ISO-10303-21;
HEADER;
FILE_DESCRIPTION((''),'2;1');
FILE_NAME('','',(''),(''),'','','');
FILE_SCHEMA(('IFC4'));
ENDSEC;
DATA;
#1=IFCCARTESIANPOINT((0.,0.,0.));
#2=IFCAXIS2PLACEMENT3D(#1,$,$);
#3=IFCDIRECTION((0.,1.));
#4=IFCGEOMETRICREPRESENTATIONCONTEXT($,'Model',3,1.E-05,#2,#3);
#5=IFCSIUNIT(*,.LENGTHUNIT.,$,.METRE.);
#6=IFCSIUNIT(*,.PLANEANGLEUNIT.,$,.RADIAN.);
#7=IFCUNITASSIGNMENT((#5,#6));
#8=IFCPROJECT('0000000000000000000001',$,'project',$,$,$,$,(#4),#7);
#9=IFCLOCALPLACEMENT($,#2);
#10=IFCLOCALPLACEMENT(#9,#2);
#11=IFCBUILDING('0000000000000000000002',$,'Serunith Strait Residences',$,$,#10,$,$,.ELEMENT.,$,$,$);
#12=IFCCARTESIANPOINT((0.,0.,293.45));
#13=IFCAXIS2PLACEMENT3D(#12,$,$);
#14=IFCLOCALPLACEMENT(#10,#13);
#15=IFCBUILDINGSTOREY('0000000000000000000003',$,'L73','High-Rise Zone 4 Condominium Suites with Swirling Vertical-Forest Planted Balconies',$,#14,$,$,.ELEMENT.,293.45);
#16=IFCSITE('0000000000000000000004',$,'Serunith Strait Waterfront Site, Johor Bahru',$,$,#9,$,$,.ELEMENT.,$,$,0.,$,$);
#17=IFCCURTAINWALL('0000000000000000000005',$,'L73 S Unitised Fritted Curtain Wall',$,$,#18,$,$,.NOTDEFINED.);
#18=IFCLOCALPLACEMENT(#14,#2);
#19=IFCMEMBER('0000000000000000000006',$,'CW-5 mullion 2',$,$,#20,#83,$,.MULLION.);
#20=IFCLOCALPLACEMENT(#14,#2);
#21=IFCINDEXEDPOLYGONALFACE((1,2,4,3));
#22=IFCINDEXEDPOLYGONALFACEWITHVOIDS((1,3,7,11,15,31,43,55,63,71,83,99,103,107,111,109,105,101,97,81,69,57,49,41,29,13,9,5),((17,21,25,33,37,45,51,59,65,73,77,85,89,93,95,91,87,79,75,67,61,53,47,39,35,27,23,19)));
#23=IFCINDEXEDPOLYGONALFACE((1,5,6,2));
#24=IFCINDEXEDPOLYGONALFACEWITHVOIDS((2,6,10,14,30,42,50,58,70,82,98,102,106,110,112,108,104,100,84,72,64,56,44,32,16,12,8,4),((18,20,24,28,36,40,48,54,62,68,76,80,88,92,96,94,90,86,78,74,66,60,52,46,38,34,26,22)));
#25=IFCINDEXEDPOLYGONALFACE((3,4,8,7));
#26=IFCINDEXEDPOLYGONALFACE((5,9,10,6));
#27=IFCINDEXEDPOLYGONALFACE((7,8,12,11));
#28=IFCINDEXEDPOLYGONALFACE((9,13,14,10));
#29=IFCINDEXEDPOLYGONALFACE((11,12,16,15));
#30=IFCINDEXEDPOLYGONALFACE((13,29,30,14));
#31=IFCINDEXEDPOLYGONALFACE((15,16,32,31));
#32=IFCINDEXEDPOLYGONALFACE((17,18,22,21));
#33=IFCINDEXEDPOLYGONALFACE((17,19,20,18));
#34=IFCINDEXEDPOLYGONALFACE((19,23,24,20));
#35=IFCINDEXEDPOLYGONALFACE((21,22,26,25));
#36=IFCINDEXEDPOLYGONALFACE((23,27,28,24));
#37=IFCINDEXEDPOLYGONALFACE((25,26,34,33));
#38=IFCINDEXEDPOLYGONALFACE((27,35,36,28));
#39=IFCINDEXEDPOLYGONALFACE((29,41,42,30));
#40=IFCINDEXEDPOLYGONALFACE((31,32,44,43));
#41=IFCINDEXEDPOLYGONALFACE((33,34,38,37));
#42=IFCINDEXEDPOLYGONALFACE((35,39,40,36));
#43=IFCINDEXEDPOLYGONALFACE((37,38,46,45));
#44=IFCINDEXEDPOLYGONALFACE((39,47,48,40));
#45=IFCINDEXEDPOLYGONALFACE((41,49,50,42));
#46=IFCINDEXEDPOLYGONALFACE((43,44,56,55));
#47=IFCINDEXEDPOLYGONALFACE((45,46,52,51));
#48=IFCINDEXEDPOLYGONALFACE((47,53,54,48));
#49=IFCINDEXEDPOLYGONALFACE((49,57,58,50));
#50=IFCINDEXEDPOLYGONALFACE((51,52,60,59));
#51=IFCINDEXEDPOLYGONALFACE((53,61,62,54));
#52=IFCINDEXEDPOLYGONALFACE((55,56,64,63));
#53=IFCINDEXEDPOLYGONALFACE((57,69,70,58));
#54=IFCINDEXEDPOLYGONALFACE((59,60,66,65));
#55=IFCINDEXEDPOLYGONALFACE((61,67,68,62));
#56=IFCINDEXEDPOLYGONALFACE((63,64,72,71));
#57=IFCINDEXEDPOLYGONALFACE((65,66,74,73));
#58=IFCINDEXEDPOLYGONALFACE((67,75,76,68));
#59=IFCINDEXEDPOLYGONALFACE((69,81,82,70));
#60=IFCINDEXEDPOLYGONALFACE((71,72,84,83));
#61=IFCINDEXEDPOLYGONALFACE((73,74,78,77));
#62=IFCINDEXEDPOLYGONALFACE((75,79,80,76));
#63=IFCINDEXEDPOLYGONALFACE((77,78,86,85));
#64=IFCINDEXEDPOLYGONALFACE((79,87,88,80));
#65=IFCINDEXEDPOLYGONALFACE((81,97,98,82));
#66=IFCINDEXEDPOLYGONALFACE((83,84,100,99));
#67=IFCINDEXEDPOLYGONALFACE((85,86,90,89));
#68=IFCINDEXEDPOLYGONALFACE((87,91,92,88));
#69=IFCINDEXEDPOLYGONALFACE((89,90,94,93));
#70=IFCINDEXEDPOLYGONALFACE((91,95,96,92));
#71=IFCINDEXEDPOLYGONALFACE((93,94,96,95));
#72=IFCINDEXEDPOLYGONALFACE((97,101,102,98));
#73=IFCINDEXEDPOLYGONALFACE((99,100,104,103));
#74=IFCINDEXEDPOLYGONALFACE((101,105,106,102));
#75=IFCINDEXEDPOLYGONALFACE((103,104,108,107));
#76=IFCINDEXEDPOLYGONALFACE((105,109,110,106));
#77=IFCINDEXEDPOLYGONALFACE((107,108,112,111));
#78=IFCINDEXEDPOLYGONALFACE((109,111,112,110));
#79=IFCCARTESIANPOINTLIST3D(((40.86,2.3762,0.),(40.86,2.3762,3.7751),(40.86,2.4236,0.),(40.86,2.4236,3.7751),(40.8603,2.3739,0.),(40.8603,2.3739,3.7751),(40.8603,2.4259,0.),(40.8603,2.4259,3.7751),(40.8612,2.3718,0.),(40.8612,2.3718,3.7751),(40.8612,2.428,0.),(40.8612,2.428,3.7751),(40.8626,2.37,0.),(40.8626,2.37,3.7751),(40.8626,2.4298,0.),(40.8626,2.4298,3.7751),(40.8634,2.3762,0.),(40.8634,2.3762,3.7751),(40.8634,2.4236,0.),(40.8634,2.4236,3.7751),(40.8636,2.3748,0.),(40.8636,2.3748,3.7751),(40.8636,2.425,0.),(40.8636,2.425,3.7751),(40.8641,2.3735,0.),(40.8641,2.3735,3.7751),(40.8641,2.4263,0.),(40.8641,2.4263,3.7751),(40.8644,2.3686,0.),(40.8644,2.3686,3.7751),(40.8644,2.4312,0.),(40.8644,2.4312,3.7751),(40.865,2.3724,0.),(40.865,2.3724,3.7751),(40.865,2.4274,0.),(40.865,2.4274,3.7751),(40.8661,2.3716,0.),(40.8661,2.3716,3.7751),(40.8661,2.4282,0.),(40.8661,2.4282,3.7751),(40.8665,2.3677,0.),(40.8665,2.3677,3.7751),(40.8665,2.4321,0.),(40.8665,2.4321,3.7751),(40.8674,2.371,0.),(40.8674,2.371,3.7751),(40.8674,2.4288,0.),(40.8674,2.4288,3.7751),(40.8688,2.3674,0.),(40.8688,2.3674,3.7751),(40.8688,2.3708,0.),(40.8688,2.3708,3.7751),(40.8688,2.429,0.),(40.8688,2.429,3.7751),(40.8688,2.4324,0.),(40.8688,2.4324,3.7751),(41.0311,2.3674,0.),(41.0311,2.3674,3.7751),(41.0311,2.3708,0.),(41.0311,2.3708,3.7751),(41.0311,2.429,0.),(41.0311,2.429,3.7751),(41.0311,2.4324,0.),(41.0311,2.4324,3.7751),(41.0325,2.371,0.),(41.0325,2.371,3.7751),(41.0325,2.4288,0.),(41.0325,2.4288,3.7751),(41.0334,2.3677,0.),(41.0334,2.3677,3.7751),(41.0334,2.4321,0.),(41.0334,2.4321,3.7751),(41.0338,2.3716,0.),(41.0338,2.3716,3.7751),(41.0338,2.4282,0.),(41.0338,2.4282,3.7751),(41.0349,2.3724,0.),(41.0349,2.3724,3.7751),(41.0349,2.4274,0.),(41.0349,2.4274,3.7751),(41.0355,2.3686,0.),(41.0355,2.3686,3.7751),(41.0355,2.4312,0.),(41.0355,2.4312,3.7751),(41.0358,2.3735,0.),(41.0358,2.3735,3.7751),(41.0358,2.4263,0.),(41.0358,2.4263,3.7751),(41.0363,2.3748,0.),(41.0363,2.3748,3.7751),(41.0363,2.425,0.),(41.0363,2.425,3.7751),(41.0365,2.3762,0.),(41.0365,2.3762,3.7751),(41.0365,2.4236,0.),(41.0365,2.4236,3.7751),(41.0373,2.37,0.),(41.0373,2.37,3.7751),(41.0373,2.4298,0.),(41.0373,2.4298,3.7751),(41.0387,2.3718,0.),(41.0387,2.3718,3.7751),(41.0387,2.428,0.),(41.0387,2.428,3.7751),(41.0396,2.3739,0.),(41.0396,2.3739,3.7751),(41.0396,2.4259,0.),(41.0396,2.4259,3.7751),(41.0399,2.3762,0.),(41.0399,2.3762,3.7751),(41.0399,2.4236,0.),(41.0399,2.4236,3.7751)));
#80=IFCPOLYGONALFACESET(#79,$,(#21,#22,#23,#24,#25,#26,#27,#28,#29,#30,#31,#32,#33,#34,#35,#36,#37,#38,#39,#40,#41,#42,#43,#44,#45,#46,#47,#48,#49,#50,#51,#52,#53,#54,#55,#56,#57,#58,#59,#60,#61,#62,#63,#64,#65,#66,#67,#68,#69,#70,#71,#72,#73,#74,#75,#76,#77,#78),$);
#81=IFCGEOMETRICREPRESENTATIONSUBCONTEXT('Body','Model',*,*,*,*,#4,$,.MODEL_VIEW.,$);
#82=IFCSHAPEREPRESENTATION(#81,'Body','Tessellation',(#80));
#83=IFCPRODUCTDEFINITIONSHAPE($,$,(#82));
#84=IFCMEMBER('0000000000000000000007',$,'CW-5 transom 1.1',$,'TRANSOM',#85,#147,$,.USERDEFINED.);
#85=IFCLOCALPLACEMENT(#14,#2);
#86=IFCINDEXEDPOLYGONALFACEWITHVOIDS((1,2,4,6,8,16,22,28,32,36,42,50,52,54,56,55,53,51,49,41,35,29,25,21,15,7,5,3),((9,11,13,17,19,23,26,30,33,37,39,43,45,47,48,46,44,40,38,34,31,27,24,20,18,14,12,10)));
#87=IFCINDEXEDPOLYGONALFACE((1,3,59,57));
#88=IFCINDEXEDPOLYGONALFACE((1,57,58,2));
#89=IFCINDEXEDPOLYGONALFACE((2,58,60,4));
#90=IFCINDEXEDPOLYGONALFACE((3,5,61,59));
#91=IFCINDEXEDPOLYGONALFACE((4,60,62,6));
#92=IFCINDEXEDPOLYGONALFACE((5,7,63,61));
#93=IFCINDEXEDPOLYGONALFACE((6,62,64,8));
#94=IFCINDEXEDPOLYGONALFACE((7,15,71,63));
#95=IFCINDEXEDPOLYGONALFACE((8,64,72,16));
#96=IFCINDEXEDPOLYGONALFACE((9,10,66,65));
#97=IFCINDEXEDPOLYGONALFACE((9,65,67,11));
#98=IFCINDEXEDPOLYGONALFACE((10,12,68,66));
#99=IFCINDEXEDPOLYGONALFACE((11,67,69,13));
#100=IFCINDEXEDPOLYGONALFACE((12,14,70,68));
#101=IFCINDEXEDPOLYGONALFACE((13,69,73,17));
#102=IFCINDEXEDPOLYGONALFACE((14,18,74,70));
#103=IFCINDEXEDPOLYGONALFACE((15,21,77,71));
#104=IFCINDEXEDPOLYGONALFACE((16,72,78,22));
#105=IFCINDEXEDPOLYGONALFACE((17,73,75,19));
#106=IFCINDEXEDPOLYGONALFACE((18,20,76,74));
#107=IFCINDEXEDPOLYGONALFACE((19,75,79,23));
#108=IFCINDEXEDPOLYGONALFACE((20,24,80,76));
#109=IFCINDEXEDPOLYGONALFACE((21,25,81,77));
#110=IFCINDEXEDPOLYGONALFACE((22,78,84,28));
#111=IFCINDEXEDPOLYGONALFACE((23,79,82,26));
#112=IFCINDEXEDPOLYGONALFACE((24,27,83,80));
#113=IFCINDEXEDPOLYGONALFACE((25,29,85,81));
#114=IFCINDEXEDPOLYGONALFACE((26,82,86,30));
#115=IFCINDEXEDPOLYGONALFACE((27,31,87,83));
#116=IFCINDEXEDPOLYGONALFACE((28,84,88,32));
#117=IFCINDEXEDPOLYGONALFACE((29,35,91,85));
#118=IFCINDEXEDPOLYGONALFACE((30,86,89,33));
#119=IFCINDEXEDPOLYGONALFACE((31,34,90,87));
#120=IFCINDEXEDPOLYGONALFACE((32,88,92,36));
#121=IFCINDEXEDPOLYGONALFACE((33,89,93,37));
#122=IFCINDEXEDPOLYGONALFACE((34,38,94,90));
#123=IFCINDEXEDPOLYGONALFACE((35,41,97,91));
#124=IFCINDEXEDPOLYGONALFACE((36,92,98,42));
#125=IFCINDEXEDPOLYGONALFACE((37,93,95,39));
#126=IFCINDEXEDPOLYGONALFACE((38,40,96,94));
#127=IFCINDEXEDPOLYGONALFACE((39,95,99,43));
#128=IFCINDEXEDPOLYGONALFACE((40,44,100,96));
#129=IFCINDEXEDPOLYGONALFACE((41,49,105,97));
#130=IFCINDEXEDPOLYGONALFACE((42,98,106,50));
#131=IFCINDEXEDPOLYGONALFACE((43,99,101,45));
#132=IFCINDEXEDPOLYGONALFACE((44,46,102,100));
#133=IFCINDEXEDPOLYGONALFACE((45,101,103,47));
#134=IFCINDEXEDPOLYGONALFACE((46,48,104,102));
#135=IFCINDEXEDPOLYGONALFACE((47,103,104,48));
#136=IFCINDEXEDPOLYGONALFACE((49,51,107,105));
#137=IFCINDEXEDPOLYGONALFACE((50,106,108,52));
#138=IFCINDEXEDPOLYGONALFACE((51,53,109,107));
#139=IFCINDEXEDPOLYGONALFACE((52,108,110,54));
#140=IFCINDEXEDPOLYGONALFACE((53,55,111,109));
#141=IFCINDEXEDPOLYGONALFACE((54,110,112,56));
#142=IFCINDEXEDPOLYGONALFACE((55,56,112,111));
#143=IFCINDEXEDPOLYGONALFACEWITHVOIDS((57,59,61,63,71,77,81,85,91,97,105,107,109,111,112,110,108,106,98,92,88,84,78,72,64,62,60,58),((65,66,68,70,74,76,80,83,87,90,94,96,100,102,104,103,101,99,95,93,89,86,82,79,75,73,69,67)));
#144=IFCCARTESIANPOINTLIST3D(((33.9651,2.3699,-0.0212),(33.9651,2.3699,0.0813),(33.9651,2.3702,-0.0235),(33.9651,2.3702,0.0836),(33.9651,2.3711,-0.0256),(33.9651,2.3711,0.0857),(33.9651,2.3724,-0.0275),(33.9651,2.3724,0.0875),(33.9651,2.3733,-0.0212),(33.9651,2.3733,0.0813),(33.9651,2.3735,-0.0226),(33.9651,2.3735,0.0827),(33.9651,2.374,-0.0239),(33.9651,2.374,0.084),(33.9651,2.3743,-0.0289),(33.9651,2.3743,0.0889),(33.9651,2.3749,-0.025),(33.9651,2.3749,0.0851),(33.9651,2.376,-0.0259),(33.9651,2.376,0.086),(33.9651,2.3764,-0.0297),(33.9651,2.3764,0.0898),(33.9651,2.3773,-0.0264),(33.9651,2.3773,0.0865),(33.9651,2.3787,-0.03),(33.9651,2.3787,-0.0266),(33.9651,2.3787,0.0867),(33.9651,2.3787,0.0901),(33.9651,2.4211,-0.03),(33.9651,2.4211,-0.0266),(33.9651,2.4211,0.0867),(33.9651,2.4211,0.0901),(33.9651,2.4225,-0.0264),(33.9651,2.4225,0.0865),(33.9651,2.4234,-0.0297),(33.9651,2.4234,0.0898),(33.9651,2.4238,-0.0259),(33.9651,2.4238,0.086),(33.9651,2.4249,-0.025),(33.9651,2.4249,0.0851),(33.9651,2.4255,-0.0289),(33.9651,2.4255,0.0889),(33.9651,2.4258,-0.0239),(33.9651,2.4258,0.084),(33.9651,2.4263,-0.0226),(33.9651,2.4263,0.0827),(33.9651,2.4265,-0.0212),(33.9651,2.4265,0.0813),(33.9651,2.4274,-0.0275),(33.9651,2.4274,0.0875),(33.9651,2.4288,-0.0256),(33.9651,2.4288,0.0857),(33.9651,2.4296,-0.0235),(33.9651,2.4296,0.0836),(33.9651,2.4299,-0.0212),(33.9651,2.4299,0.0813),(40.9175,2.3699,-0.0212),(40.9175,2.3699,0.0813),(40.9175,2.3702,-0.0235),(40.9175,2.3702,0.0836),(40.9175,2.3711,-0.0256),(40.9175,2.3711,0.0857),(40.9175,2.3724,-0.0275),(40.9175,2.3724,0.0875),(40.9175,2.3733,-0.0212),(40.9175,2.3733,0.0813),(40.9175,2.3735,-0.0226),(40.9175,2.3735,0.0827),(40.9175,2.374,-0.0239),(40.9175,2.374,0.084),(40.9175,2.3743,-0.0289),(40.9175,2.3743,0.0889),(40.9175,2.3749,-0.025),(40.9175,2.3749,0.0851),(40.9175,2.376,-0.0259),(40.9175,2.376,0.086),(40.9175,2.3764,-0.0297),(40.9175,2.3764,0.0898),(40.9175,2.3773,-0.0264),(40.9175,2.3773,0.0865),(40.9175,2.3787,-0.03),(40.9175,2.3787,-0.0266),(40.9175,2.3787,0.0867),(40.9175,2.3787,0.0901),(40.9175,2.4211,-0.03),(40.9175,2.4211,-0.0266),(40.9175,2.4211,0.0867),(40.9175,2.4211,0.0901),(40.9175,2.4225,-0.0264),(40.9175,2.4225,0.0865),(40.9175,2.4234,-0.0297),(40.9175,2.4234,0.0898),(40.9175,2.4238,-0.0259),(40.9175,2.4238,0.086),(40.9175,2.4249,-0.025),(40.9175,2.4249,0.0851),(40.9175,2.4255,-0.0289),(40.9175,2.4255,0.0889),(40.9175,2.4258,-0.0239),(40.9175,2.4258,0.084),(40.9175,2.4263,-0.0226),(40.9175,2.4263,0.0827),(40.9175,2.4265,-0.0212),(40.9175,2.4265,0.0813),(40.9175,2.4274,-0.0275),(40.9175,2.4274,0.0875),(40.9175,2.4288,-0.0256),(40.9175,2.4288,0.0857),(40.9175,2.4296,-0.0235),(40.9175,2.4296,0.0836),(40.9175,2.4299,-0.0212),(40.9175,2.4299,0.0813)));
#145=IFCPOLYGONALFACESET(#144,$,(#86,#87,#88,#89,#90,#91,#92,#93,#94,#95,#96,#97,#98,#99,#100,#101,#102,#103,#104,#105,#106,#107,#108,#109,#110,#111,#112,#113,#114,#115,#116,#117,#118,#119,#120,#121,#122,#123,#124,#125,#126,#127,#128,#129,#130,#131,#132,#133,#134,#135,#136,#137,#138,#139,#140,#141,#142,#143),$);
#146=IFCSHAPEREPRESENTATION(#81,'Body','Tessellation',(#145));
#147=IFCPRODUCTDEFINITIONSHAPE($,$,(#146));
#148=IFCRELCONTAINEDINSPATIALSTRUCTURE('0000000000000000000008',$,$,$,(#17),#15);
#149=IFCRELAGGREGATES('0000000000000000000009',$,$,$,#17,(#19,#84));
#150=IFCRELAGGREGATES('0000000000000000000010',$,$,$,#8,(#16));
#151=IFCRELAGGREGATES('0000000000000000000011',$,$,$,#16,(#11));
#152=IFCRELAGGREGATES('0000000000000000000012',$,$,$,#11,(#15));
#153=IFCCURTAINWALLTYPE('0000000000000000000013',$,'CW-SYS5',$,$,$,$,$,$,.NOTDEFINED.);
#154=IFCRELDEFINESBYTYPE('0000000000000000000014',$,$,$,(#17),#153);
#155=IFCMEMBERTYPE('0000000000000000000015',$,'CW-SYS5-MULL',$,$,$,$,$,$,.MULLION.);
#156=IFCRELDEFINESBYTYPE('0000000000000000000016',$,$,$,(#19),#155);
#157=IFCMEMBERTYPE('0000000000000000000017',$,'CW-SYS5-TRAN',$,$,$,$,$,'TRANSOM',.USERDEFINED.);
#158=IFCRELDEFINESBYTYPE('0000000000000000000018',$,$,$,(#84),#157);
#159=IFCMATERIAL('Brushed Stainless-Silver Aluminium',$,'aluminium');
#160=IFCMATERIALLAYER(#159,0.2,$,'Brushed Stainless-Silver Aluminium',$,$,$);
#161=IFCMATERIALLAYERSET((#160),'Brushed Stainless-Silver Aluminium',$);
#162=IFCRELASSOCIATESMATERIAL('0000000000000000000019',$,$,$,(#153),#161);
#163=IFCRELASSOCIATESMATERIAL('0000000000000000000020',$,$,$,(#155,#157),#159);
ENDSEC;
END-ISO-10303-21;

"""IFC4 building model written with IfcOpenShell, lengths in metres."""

from ifc_helpers import new_model, si_unit, direction, frame, origin, origin_2d, place, context, subcontext, project, spatial, hollow_rectangle, extrude, source, transform, mapped, material, layer, layer_set, material_profile, profile_set, type_object, element, aggregate, save


model = new_model("IFC4")

# Units and contexts
model_context = context("Model", 3, precision=1e-05, world=origin(), true_north=direction((0.0, 1.0)))
body_context = subcontext(model_context, "Body", "Model", "MODEL_VIEW")
ifc_project = project(units=[si_unit("LENGTHUNIT", "METRE"), si_unit("PLANEANGLEUNIT", "RADIAN")], contexts=[model_context])

# Site, building, storey
site_placement = place(None, origin())
site = spatial("IfcSite", under=ifc_project, at=site_placement, Name="Serunith Strait Waterfront Site, Johor Bahru", CompositionType="ELEMENT", RefElevation=0.0)
building_placement = place(site_placement, origin())
building = spatial("IfcBuilding", under=site, at=building_placement, Name="Serunith Strait Residences", CompositionType="ELEMENT")
storey_placement = place(building_placement, frame((0.0, 0.0, 293.45)))
storey = spatial("IfcBuildingStorey", under=building, at=storey_placement, Name="L73", Description="High-Rise Zone 4 Condominium Suites with Swirling Vertical-Forest Planted Balconies", CompositionType="ELEMENT", Elevation=293.45)

# Shared definitions
ifc_material_1 = material(Name="Brushed Stainless-Silver Aluminium", Category="aluminium")
ifc_layer_1 = layer(ifc_material_1, 0.2, Name="Brushed Stainless-Silver Aluminium")
ifc_layer_set_1 = layer_set([ifc_layer_1], Name="Brushed Stainless-Silver Aluminium")
curtain_wall_type = type_object("IfcCurtainWallType", Name="CW-SYS5", PredefinedType="NOTDEFINED", material=ifc_layer_set_1)
ifc_material_profile_1 = material_profile(ifc_material_1, hollow_rectangle(XDim=0.0649, YDim=0.1799, WallThickness=0.0034, InnerFilletRadius=0.0054, OuterFilletRadius=0.0088, at=origin_2d()), Name="ALU 180x65x3.5")
ifc_profile_set_1 = profile_set([ifc_material_profile_1], Name="Brushed Stainless-Silver Aluminium")
member_type_1 = type_object("IfcMemberType", Name="CW-SYS5-MULL", PredefinedType="MULLION", material=ifc_profile_set_1)
shared_shape_1 = source(origin(), body_context, "Body", "SweptSolid", [
    extrude(hollow_rectangle(XDim=0.0649, YDim=0.1799, WallThickness=0.0034, InnerFilletRadius=0.0054, OuterFilletRadius=0.0088, at=origin_2d()), origin(), (0.0, 0.0, 1.0), 3.7751),
])

# Curtain wall, members
curtain_wall_1_placement = place(storey_placement, origin())
curtain_wall_1 = element("IfcCurtainWall", 1, at=curtain_wall_1_placement, inside=storey, type_object=curtain_wall_type, Name="L73 S Unitised Fritted Curtain Wall", PredefinedType="NOTDEFINED")
member_1_placement = place(storey_placement, frame((40.95, 2.3999, 0.0), z_axis=(0.0, 0.0, 1.0), x_axis=(0.0, 1.0, 0.0)))
member_1 = element("IfcMember", 2, at=member_1_placement, type_object=member_type_1, Name="CW-5 mullion 2", PredefinedType="MULLION", context=body_context, shape_type="MappedRepresentation", body=[
    mapped(shared_shape_1, transform((0.0, 0.0, 0.0), scale=1.0)),
])
ifc_material_profile_2 = material_profile(ifc_material_1, hollow_rectangle(XDim=0.0601, YDim=0.1201, WallThickness=0.0034, InnerFilletRadius=0.0054, OuterFilletRadius=0.0088, at=origin_2d()), Name="ALU 120x60x3.5")
ifc_profile_set_2 = profile_set([ifc_material_profile_2], Name="Brushed Stainless-Silver Aluminium")
member_type_2 = type_object("IfcMemberType", Name="CW-SYS5-TRAN", ElementType="TRANSOM", PredefinedType="USERDEFINED", material=ifc_profile_set_2)
shared_shape_2 = source(origin(), body_context, "Body", "SweptSolid", [
    extrude(hollow_rectangle(XDim=0.0601, YDim=0.1201, WallThickness=0.0034, InnerFilletRadius=0.0054, OuterFilletRadius=0.0088, at=origin_2d()), origin(), (0.0, 0.0, 1.0), 6.9524),
])
member_2_placement = place(storey_placement, frame((33.9651, 2.3999, 0.03), z_axis=(1.0, 0.0, 0.0), x_axis=(0.0, 1.0, 0.0)))
member_2 = element("IfcMember", 3, at=member_2_placement, type_object=member_type_2, Name="CW-5 transom 1.1", ObjectType="TRANSOM", PredefinedType="USERDEFINED", context=body_context, shape_type="MappedRepresentation", body=[
    mapped(shared_shape_2, transform((0.0, 0.0, 0.0), scale=1.0)),
])
aggregate(curtain_wall_1, [member_1, member_2])

save(model, "model.ifc")
